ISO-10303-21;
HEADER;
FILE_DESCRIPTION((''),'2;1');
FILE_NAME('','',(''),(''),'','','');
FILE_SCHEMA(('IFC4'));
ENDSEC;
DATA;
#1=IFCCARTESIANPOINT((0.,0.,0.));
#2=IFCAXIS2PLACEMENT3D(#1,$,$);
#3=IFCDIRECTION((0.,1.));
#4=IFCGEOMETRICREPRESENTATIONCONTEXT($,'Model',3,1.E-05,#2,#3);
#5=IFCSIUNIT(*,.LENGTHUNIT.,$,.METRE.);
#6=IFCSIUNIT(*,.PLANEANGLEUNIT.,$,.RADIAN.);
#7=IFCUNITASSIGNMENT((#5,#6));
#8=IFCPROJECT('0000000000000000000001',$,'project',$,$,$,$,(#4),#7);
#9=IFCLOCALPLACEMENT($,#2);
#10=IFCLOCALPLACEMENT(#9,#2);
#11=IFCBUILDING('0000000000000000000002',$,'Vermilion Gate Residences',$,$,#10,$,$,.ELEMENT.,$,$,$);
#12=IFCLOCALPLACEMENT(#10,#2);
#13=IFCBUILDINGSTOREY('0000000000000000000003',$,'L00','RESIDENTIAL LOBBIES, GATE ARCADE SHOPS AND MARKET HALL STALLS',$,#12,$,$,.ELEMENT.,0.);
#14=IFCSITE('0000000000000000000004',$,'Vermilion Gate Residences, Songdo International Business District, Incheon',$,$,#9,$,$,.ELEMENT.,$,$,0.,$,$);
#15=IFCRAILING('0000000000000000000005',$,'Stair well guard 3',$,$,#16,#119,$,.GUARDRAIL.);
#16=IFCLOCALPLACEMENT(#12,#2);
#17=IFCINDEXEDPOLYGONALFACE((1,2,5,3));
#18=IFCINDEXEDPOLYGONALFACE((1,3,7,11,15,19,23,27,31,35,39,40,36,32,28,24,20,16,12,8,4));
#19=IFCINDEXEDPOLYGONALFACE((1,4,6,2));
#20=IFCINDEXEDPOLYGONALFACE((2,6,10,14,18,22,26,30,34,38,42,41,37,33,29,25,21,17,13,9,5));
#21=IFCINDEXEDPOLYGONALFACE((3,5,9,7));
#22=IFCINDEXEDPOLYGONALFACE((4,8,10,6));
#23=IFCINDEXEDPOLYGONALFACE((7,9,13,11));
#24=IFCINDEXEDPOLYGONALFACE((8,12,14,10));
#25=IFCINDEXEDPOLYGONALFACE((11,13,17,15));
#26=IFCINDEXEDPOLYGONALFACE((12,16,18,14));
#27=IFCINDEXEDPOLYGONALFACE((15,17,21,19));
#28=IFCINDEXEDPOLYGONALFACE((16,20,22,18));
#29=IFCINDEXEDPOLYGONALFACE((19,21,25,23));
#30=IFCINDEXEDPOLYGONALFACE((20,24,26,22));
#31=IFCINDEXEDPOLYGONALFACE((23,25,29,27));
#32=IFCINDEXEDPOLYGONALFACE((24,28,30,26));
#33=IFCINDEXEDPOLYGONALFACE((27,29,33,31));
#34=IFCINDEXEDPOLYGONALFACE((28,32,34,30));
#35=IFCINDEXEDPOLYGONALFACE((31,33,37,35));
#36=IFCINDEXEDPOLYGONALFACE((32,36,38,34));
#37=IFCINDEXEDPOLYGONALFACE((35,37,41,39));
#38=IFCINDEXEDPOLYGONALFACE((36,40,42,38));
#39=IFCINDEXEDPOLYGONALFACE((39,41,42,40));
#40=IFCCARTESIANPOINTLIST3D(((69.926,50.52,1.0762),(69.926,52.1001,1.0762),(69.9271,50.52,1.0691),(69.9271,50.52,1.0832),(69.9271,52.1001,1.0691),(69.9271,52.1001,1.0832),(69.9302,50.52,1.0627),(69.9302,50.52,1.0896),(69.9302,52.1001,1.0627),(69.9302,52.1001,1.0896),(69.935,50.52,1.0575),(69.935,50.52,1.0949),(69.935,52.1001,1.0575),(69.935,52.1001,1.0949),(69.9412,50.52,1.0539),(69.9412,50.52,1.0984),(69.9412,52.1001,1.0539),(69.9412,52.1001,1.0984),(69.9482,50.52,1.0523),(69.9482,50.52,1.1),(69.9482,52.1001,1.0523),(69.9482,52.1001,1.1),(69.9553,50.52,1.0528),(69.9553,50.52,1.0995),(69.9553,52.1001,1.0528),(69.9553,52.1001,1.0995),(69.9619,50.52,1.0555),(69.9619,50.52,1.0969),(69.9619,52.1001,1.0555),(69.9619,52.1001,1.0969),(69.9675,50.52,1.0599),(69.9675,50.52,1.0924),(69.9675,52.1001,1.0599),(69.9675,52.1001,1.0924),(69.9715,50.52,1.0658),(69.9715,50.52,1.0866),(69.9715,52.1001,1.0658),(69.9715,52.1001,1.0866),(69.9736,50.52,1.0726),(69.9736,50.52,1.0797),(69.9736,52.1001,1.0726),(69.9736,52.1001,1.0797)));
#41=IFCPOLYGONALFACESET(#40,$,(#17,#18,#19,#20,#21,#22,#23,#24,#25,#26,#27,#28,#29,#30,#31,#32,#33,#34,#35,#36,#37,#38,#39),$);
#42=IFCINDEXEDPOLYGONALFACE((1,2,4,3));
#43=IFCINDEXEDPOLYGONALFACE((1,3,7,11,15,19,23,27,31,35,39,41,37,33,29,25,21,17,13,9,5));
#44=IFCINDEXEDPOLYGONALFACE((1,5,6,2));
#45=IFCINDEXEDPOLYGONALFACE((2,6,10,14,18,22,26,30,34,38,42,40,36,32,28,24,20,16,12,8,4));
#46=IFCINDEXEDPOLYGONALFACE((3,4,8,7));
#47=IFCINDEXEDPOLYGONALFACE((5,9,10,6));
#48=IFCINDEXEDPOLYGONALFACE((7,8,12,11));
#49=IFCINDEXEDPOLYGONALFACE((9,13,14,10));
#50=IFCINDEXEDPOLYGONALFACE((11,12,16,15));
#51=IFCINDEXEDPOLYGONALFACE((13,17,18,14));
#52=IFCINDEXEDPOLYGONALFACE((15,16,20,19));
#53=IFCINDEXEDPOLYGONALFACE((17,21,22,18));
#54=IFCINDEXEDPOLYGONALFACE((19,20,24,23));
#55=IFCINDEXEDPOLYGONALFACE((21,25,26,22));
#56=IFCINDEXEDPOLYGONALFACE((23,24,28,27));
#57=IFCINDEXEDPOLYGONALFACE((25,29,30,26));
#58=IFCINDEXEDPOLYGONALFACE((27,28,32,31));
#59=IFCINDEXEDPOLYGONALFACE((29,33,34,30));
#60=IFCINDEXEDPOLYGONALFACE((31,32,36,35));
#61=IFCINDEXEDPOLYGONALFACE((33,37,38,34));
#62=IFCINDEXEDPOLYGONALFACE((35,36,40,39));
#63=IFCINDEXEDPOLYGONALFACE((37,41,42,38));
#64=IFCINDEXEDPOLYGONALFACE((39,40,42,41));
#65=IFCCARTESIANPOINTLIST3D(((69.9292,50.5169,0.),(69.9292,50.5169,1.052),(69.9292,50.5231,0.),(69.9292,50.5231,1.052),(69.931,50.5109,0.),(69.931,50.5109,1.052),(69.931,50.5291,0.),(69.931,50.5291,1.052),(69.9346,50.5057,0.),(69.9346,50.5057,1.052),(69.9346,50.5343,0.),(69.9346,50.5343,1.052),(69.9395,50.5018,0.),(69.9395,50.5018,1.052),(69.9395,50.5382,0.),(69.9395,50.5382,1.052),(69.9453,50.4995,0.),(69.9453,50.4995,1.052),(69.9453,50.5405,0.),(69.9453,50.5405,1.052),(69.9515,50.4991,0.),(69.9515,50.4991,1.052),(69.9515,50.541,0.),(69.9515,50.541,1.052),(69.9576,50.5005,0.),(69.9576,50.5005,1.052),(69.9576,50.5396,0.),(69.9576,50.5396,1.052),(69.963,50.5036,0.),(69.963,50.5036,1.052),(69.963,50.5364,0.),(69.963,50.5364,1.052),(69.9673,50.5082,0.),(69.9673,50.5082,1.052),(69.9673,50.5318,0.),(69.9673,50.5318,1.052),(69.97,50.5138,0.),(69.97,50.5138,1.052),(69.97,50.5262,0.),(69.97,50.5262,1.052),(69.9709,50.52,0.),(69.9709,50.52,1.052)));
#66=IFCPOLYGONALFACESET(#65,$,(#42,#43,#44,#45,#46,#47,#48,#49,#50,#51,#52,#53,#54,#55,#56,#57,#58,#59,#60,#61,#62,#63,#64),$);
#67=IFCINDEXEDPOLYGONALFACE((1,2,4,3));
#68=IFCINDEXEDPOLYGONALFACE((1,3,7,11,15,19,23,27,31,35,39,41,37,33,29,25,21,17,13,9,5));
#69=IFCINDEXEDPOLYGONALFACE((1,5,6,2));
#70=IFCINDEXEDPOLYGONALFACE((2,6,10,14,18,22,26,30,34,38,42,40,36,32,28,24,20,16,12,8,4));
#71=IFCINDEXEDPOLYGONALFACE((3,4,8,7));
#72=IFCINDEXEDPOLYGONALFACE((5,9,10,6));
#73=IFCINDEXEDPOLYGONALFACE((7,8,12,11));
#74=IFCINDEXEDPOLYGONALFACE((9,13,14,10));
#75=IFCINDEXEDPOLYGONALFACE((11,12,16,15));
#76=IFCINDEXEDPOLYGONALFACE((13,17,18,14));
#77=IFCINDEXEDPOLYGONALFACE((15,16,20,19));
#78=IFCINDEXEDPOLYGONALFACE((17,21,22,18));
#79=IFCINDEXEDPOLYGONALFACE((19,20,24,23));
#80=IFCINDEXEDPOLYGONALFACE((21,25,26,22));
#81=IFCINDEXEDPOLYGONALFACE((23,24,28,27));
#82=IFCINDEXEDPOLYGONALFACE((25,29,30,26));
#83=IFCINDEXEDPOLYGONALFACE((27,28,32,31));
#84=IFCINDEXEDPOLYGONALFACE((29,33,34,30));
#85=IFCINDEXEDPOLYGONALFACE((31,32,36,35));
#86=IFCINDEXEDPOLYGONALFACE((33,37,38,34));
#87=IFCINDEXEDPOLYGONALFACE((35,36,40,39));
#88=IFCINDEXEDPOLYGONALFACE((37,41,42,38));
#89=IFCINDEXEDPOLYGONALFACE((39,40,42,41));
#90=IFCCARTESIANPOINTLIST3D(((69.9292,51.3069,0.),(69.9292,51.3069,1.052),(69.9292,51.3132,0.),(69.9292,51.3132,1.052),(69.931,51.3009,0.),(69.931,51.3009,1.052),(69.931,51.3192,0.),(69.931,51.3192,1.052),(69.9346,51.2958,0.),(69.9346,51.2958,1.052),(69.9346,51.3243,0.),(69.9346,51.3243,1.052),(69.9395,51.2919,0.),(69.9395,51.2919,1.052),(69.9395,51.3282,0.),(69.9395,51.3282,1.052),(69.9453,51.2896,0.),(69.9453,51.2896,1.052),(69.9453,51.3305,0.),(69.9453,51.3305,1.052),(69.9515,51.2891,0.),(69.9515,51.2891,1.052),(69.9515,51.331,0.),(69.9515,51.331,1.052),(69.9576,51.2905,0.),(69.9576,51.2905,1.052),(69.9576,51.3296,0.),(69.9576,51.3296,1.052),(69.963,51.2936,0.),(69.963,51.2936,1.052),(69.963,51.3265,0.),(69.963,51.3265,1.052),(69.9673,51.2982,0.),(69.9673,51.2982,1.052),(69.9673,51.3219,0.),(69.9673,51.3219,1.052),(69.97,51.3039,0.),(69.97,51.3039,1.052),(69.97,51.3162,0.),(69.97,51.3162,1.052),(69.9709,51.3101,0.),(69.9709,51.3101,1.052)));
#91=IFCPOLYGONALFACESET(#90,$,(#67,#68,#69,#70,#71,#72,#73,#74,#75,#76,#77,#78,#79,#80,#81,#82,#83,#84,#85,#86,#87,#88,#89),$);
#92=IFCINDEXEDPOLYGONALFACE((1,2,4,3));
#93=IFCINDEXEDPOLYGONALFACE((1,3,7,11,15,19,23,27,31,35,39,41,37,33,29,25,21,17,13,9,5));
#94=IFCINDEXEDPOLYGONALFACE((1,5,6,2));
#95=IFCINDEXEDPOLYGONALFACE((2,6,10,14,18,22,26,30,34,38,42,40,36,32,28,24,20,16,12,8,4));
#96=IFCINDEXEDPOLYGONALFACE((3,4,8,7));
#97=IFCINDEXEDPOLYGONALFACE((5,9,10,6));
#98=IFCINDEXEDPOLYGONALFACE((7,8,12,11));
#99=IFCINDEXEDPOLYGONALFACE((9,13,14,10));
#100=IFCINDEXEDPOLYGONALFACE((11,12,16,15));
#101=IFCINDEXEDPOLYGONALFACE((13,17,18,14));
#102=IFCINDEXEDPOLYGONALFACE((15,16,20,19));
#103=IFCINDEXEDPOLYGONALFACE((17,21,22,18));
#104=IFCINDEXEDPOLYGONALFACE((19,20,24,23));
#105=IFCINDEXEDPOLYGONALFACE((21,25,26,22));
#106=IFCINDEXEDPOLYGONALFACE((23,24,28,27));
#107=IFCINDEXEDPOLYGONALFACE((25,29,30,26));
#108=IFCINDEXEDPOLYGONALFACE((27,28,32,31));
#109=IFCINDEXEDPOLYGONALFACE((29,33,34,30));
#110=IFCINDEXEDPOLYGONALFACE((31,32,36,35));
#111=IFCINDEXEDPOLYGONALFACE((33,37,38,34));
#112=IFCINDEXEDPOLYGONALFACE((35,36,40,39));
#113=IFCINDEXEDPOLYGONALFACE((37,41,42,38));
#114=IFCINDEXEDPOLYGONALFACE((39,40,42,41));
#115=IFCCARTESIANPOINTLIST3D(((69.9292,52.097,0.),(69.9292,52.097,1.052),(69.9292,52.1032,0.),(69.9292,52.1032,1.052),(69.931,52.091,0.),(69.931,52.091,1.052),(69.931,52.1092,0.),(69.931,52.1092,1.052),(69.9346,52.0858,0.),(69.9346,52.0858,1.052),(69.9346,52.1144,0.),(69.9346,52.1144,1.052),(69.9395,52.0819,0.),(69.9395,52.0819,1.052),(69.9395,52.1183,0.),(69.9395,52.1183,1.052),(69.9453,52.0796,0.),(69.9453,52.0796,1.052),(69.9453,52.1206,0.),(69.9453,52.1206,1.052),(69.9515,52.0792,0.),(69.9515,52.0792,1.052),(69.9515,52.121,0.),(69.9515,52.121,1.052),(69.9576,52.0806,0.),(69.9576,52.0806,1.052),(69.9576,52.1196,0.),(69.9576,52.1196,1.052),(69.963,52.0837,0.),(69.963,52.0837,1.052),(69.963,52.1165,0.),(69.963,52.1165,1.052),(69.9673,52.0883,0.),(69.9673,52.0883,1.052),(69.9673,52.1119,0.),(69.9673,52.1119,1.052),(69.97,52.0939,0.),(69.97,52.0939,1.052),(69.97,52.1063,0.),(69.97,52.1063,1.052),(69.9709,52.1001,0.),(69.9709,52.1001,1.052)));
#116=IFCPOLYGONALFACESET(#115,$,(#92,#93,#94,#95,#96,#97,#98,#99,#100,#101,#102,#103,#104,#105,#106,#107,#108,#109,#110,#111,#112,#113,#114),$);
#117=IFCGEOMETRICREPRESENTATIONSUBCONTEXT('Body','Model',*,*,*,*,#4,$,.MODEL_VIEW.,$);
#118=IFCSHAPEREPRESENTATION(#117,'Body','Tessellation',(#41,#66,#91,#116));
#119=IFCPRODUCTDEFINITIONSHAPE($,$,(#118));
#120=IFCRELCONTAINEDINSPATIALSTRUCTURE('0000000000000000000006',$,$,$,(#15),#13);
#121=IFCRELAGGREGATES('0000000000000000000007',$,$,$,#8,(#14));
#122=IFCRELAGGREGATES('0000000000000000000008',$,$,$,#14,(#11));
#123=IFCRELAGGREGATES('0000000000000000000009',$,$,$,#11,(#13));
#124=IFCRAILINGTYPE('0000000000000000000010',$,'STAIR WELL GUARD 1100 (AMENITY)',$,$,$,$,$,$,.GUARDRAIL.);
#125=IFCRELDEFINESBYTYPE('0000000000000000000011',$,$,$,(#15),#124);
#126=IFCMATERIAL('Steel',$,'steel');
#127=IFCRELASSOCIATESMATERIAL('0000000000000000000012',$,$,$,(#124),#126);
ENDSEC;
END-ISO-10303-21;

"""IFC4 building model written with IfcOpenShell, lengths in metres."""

from ifc_helpers import new_model, si_unit, direction, frame, origin, origin_2d, place, context, subcontext, project, spatial, circle, extrude, material, type_object, element, save


model = new_model("IFC4")

# Units and contexts
model_context = context("Model", 3, precision=1e-05, world=origin(), true_north=direction((0.0, 1.0)))
body_context = subcontext(model_context, "Body", "Model", "MODEL_VIEW")
ifc_project = project(units=[si_unit("LENGTHUNIT", "METRE"), si_unit("PLANEANGLEUNIT", "RADIAN")], contexts=[model_context])

# Site, building, storey
site_placement = place(None, origin())
site = spatial("IfcSite", under=ifc_project, at=site_placement, Name="Vermilion Gate Residences, Songdo International Business District, Incheon", CompositionType="ELEMENT", RefElevation=0.0)
building_placement = place(site_placement, origin())
building = spatial("IfcBuilding", under=site, at=building_placement, Name="Vermilion Gate Residences", CompositionType="ELEMENT")
storey_placement = place(building_placement, origin())
storey = spatial("IfcBuildingStorey", under=building, at=storey_placement, Name="L00", Description="RESIDENTIAL LOBBIES, GATE ARCADE SHOPS AND MARKET HALL STALLS", CompositionType="ELEMENT", Elevation=0.0)

# Railing
ifc_material_1 = material(Name="Steel", Category="steel")
railing_type = type_object("IfcRailingType", Name="STAIR WELL GUARD 1100 (AMENITY)", PredefinedType="GUARDRAIL", material=ifc_material_1)
railing_1_placement = place(storey_placement, frame((69.95, 50.52, 0.0)))
element("IfcRailing", 1, at=railing_1_placement, inside=storey, type_object=railing_type, Name="Stair well guard 3", PredefinedType="GUARDRAIL", context=body_context, shape_type="SweptSolid", body=[
    extrude(circle(Radius=0.0239, at=origin_2d()), frame((0.0, 0.0, 1.0762), z_axis=(0.0, 1.0, 0.0), x_axis=(-1.0, 0.0, 0.0)), (0.0, 0.0, 1.0), 1.5801),
    extrude(circle(Radius=0.021, at=origin_2d()), origin(), (0.0, 0.0, 1.0), 1.052),
    extrude(circle(Radius=0.021, at=origin_2d()), frame((0.0, 0.79, 0.0)), (0.0, 0.0, 1.0), 1.052),
    extrude(circle(Radius=0.021, at=origin_2d()), frame((0.0, 1.5801, 0.0)), (0.0, 0.0, 1.0), 1.052),
])

save(model, "model.ifc")
